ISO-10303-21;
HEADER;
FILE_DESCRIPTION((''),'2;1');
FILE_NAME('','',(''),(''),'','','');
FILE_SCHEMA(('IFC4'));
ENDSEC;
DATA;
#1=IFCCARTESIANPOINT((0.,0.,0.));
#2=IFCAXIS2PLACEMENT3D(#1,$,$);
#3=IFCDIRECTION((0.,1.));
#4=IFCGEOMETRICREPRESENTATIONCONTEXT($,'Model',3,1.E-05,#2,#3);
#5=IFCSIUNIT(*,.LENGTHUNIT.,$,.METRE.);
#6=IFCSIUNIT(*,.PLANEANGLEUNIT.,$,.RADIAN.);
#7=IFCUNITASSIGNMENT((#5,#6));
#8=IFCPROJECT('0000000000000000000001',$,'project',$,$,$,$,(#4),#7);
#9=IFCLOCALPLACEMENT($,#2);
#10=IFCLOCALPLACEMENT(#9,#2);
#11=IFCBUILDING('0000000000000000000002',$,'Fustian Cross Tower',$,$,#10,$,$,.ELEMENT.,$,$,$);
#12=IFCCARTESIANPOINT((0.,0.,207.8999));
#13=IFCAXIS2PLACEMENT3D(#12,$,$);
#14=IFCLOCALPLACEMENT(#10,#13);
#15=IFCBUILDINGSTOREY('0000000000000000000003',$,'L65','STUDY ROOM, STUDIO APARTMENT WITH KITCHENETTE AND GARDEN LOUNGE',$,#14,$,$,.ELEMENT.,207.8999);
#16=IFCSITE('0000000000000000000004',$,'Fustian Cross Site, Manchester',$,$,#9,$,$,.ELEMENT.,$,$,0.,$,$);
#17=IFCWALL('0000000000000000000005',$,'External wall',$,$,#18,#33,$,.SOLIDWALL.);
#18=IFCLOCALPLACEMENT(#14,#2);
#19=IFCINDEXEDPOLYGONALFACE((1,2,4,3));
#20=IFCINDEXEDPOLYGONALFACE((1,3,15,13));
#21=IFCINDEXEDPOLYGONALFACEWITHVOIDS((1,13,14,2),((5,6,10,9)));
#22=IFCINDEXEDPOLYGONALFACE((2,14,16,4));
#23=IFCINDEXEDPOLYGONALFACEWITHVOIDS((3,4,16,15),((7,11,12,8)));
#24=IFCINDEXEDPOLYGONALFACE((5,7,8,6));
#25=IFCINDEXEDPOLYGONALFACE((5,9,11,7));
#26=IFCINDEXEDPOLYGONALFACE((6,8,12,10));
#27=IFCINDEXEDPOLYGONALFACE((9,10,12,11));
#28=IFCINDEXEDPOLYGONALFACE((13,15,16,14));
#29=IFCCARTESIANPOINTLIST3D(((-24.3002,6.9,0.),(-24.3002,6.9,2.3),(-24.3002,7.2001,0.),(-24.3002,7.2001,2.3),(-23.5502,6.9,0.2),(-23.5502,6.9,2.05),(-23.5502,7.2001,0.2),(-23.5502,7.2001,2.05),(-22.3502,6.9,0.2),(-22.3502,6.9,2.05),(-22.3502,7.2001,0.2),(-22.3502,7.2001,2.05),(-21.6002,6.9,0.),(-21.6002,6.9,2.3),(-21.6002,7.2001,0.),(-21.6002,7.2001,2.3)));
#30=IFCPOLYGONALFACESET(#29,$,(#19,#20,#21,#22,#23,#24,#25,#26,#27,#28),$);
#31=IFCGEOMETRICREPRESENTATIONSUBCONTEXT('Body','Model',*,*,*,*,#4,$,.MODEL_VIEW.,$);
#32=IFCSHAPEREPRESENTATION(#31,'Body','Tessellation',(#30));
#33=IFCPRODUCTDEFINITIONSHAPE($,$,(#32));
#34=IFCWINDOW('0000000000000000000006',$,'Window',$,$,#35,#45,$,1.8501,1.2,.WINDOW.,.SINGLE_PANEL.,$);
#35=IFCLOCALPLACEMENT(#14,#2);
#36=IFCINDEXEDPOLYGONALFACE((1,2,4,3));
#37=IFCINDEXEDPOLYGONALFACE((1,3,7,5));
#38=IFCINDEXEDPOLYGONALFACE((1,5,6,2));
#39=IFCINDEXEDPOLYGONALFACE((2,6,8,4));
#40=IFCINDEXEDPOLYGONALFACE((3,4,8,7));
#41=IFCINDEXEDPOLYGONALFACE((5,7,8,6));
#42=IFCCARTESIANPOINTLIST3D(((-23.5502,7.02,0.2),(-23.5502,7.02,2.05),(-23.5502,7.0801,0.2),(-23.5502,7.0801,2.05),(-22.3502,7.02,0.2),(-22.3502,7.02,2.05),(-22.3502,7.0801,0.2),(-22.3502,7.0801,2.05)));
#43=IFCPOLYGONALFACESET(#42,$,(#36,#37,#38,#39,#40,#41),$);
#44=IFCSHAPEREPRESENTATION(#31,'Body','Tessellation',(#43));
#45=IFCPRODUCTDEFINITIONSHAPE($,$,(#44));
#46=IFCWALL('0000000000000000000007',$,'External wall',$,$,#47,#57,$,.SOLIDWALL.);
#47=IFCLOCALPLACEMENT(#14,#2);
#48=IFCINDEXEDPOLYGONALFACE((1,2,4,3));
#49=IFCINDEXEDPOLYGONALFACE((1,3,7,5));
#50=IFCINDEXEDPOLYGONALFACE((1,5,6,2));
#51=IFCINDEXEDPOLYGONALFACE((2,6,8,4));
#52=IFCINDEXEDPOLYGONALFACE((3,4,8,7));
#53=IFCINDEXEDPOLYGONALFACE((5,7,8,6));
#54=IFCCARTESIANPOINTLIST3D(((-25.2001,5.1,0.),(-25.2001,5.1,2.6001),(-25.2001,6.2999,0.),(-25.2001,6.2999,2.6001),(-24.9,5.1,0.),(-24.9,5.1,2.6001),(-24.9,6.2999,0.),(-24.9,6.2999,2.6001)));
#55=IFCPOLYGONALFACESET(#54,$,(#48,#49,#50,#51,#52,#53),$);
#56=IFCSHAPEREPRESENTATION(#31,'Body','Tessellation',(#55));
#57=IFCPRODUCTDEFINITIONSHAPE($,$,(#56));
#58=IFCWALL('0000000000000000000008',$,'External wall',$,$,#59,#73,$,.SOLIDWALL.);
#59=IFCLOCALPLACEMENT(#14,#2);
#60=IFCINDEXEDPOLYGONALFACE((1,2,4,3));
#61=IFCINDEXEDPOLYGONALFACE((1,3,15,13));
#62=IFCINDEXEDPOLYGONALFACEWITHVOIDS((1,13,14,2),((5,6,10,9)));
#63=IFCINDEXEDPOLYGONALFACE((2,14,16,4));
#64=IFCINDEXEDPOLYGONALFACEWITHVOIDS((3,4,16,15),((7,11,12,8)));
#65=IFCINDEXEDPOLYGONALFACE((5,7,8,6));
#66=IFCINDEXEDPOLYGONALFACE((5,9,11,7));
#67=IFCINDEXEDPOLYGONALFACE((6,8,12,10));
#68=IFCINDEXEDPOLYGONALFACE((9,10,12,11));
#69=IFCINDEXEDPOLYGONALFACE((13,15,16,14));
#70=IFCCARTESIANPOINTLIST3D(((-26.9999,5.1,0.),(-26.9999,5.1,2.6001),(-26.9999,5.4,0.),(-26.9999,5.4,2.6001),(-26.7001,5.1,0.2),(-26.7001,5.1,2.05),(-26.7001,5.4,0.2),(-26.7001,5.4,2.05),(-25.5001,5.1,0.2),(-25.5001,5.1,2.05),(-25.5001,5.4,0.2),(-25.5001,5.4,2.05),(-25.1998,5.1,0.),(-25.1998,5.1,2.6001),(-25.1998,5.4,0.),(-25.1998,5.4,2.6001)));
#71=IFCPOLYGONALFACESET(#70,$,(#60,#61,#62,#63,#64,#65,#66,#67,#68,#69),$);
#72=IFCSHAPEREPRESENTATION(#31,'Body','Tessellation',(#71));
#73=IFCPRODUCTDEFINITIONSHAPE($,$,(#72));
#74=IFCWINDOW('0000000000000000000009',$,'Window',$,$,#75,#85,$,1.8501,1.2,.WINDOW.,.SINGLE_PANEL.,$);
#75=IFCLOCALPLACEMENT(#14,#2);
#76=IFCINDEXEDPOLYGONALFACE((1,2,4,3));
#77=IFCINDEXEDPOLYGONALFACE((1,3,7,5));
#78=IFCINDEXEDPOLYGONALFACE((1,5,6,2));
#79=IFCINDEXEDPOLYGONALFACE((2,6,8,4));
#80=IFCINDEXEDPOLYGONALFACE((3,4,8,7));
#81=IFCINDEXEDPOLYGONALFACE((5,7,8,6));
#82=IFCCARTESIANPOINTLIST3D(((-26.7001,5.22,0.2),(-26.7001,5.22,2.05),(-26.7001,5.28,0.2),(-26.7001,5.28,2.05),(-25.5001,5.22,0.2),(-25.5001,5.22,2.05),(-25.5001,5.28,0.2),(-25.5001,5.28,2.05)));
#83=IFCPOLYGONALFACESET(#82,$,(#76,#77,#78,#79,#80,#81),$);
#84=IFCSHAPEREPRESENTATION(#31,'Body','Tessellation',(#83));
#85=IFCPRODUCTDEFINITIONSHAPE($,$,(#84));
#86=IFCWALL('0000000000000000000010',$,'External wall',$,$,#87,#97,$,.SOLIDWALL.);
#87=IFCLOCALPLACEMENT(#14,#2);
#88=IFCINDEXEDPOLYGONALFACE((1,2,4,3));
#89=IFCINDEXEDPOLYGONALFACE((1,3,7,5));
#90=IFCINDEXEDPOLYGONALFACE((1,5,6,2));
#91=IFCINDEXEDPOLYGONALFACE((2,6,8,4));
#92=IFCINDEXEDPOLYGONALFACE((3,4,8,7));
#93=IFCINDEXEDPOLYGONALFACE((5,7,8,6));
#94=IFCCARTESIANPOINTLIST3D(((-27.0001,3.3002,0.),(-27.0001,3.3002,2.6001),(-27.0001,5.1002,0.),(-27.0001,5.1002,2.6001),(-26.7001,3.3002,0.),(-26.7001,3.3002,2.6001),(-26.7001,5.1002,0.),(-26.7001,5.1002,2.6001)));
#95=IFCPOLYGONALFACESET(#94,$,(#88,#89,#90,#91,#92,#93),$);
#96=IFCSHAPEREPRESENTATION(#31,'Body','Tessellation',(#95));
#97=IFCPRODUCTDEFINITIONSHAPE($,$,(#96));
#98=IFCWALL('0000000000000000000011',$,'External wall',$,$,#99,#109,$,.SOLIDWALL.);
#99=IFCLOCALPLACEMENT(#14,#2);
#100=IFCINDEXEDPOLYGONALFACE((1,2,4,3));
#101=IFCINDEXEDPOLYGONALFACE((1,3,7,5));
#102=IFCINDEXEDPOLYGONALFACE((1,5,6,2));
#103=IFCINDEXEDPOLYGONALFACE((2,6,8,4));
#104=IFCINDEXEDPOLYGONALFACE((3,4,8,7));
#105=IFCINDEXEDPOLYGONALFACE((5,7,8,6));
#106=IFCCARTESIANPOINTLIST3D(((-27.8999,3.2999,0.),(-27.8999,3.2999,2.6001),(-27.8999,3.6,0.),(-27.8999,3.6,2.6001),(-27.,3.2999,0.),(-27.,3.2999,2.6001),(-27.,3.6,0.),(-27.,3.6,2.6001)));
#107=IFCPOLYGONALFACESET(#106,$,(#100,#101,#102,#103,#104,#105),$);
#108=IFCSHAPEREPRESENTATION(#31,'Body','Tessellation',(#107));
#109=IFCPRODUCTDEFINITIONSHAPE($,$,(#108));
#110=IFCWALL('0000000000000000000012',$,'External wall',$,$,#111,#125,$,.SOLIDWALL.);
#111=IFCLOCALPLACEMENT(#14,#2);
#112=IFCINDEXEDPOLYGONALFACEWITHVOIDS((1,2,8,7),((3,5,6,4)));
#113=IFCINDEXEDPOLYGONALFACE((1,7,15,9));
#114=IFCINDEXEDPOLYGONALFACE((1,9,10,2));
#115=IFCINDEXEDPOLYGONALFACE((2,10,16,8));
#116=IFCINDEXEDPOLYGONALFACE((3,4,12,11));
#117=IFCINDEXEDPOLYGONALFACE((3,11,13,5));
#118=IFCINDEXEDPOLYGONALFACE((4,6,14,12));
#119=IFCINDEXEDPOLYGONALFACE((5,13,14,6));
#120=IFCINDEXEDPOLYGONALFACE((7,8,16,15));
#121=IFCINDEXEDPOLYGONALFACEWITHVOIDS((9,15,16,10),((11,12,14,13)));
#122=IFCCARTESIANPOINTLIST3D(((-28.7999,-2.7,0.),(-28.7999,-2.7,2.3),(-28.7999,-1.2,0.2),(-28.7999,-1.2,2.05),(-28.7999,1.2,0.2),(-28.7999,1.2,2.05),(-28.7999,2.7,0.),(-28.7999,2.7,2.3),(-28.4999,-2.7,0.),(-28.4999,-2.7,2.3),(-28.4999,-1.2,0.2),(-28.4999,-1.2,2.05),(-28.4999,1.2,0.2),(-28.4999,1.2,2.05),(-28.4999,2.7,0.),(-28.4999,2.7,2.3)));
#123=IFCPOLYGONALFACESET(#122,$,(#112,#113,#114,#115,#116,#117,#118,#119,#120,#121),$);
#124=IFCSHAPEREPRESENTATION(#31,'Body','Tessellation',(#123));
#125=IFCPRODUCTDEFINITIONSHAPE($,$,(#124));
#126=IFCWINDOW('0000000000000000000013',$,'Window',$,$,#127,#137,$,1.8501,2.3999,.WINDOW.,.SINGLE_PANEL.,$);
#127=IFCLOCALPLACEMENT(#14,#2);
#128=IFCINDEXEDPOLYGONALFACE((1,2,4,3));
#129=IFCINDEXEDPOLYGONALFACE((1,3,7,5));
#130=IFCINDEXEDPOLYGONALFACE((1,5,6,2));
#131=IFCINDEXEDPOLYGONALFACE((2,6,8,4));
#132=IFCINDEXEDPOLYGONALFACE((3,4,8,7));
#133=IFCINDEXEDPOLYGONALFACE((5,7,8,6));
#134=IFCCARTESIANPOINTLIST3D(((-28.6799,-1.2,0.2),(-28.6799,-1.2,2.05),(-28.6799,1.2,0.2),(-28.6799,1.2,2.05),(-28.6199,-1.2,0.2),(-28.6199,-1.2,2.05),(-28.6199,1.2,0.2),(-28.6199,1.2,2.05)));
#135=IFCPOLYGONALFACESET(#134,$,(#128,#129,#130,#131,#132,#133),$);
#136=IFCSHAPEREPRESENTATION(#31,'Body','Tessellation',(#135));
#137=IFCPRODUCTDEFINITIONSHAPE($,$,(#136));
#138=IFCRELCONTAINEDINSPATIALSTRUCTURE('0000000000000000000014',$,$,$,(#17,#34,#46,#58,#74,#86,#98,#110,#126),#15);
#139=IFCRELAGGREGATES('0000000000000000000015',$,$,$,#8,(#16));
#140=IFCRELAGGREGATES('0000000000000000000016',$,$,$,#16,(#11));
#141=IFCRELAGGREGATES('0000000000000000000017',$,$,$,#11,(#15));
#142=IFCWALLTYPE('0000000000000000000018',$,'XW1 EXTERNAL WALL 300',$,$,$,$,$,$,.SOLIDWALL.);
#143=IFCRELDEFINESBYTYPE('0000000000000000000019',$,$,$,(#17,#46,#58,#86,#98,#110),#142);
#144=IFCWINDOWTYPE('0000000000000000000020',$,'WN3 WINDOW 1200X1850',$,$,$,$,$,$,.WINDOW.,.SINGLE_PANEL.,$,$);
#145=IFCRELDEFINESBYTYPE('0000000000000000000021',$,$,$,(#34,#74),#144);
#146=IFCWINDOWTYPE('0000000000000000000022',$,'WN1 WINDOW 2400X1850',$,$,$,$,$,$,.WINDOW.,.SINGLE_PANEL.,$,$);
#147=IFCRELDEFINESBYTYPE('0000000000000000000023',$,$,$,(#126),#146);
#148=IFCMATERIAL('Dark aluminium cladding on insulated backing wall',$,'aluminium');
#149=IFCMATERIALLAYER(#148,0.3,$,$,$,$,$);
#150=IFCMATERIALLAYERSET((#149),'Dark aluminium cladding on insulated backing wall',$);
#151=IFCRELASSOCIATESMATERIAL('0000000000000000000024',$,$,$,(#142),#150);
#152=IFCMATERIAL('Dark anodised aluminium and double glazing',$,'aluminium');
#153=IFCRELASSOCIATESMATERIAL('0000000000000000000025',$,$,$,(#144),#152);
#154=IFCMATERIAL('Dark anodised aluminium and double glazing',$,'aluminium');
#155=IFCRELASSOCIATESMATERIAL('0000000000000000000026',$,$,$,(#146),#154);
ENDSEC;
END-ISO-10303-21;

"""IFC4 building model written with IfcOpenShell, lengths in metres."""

from ifc_helpers import new_model, si_unit, direction, frame, frame_2d, origin, place, context, subcontext, project, spatial, rectangle, extrude, material, layer, layer_set, type_object, element, fill, save


model = new_model("IFC4")

# Units and contexts
model_context = context("Model", 3, precision=1e-05, world=origin(), true_north=direction((0.0, 1.0)))
body_context = subcontext(model_context, "Body", "Model", "MODEL_VIEW")
ifc_project = project(units=[si_unit("LENGTHUNIT", "METRE"), si_unit("PLANEANGLEUNIT", "RADIAN")], contexts=[model_context])

# Site, building, storey
site_placement = place(None, origin())
site = spatial("IfcSite", under=ifc_project, at=site_placement, Name="Fustian Cross Site, Manchester", CompositionType="ELEMENT", RefElevation=0.0)
building_placement = place(site_placement, origin())
building = spatial("IfcBuilding", under=site, at=building_placement, Name="Fustian Cross Tower", CompositionType="ELEMENT")
storey_placement = place(building_placement, frame((0.0, 0.0, 207.8999)))
storey = spatial("IfcBuildingStorey", under=building, at=storey_placement, Name="L65", Description="STUDY ROOM, STUDIO APARTMENT WITH KITCHENETTE AND GARDEN LOUNGE", CompositionType="ELEMENT", Elevation=207.8999)

# Wall, opening, window
ifc_material_1 = material(Name="Dark aluminium cladding on insulated backing wall", Category="aluminium")
ifc_layer_1 = layer(ifc_material_1, 0.3)
ifc_layer_set_1 = layer_set([ifc_layer_1], Name="Dark aluminium cladding on insulated backing wall")
wall_type_1 = type_object("IfcWallType", Name="XW1 EXTERNAL WALL 300", PredefinedType="SOLIDWALL", material=ifc_layer_set_1)
wall_1_placement = place(storey_placement, frame((-21.6001, 7.05, 0.0), z_axis=(0.0, 0.0, 1.0), x_axis=(-1.0, 0.0, 0.0)))
wall_1 = element("IfcWall", 1, at=wall_1_placement, inside=storey, type_object=wall_type_1, Name="External wall", PredefinedType="SOLIDWALL", context=body_context, shape_type="SweptSolid", body=[
    extrude(rectangle(XDim=2.7, YDim=0.3, at=frame_2d((1.3501, 0.0))), origin(), (0.0, 0.0, 1.0), 2.3),
])
opening_1_placement = place(wall_1_placement, frame((0.75, 0.0, 0.2)))
opening_1 = element("IfcOpeningElement", 2, at=opening_1_placement, cuts=wall_1, PredefinedType="OPENING", context=body_context, shape_type="SweptSolid", body=[
    extrude(rectangle(XDim=1.2, YDim=1.8501, at=frame_2d((0.6001, 0.925))), frame((0.0, 0.1599, 0.0), z_axis=(0.0, -1.0, 0.0), x_axis=(1.0, 0.0, 0.0)), (0.0, 0.0, 1.0), 0.3201),
])
ifc_material_2 = material(Name="Dark anodised aluminium and double glazing", Category="aluminium")
window_type_1 = type_object("IfcWindowType", Name="WN3 WINDOW 1200X1850", PartitioningType="SINGLE_PANEL", PredefinedType="WINDOW", material=ifc_material_2)
window_1_placement = place(opening_1_placement, origin())
window_1 = element("IfcWindow", 3, at=window_1_placement, inside=storey, type_object=window_type_1, Name="Window", OverallHeight=1.8501, OverallWidth=1.2, PartitioningType="SINGLE_PANEL", PredefinedType="WINDOW", context=body_context, shape_type="SweptSolid", body=[
    extrude(rectangle(XDim=1.2, YDim=1.8501, at=frame_2d((0.6001, 0.925))), frame((0.0, 0.03, 0.0), z_axis=(0.0, -1.0, 0.0), x_axis=(1.0, 0.0, 0.0)), (0.0, 0.0, 1.0), 0.0601),
])
fill(opening_1, window_1)

# Wall
wall_2_placement = place(storey_placement, frame((-25.05, 6.3, 0.0), z_axis=(0.0, 0.0, 1.0), x_axis=(0.0, -1.0, 0.0)))
element("IfcWall", 4, at=wall_2_placement, inside=storey, type_object=wall_type_1, Name="External wall", PredefinedType="SOLIDWALL", context=body_context, shape_type="SweptSolid", body=[
    extrude(rectangle(XDim=1.2, YDim=0.3, at=frame_2d((0.6001, 0.0))), origin(), (0.0, 0.0, 1.0), 2.6001),
])

# Wall, opening, window
wall_3_placement = place(storey_placement, frame((-25.2, 5.25, 0.0), z_axis=(0.0, 0.0, 1.0), x_axis=(-1.0, 0.0, 0.0)))
wall_3 = element("IfcWall", 5, at=wall_3_placement, inside=storey, type_object=wall_type_1, Name="External wall", PredefinedType="SOLIDWALL", context=body_context, shape_type="SweptSolid", body=[
    extrude(rectangle(XDim=1.8, YDim=0.3, at=frame_2d((0.8999, 0.0))), origin(), (0.0, 0.0, 1.0), 2.6001),
])
opening_2_placement = place(wall_3_placement, frame((0.3, 0.0, 0.2)))
opening_2 = element("IfcOpeningElement", 6, at=opening_2_placement, cuts=wall_3, PredefinedType="OPENING", context=body_context, shape_type="SweptSolid", body=[
    extrude(rectangle(XDim=1.2, YDim=1.8501, at=frame_2d((0.6001, 0.925))), frame((0.0, 0.1599, 0.0), z_axis=(0.0, -1.0, 0.0), x_axis=(1.0, 0.0, 0.0)), (0.0, 0.0, 1.0), 0.3201),
])
window_2_placement = place(opening_2_placement, origin())
window_2 = element("IfcWindow", 7, at=window_2_placement, inside=storey, type_object=window_type_1, Name="Window", OverallHeight=1.8501, OverallWidth=1.2, PartitioningType="SINGLE_PANEL", PredefinedType="WINDOW", context=body_context, shape_type="SweptSolid", body=[
    extrude(rectangle(XDim=1.2, YDim=1.8501, at=frame_2d((0.6001, 0.925))), frame((0.0, 0.03, 0.0), z_axis=(0.0, -1.0, 0.0), x_axis=(1.0, 0.0, 0.0)), (0.0, 0.0, 1.0), 0.0601),
])
fill(opening_2, window_2)

# Walls
wall_4_placement = place(storey_placement, frame((-26.8501, 5.1001, 0.0), z_axis=(0.0, 0.0, 1.0), x_axis=(0.0, -1.0, 0.0)))
element("IfcWall", 8, at=wall_4_placement, inside=storey, type_object=wall_type_1, Name="External wall", PredefinedType="SOLIDWALL", context=body_context, shape_type="SweptSolid", body=[
    extrude(rectangle(XDim=1.8, YDim=0.3, at=frame_2d((0.8999, 0.0))), origin(), (0.0, 0.0, 1.0), 2.6001),
])
wall_5_placement = place(storey_placement, frame((-27.0, 3.45, 0.0), z_axis=(0.0, 0.0, 1.0), x_axis=(-1.0, 0.0, 0.0)))
element("IfcWall", 9, at=wall_5_placement, inside=storey, type_object=wall_type_1, Name="External wall", PredefinedType="SOLIDWALL", context=body_context, shape_type="SweptSolid", body=[
    extrude(rectangle(XDim=0.8999, YDim=0.3, at=frame_2d((0.45, 0.0))), origin(), (0.0, 0.0, 1.0), 2.6001),
])

# Wall, opening, window
wall_6_placement = place(storey_placement, frame((-28.6499, 2.7, 0.0), z_axis=(0.0, 0.0, 1.0), x_axis=(0.0, -1.0, 0.0)))
wall_6 = element("IfcWall", 10, at=wall_6_placement, inside=storey, type_object=wall_type_1, Name="External wall", PredefinedType="SOLIDWALL", context=body_context, shape_type="SweptSolid", body=[
    extrude(rectangle(XDim=5.3999, YDim=0.3, at=frame_2d((2.7, 0.0))), origin(), (0.0, 0.0, 1.0), 2.3),
])
opening_3_placement = place(wall_6_placement, frame((1.5, 0.0, 0.2)))
opening_3 = element("IfcOpeningElement", 11, at=opening_3_placement, cuts=wall_6, PredefinedType="OPENING", context=body_context, shape_type="SweptSolid", body=[
    extrude(rectangle(XDim=2.3999, YDim=1.8501, at=frame_2d((1.2, 0.925))), frame((0.0, 0.1599, 0.0), z_axis=(0.0, -1.0, 0.0), x_axis=(1.0, 0.0, 0.0)), (0.0, 0.0, 1.0), 0.3201),
])
ifc_material_3 = material(Name="Dark anodised aluminium and double glazing", Category="aluminium")
window_type_2 = type_object("IfcWindowType", Name="WN1 WINDOW 2400X1850", PartitioningType="SINGLE_PANEL", PredefinedType="WINDOW", material=ifc_material_3)
window_3_placement = place(opening_3_placement, origin())
window_3 = element("IfcWindow", 12, at=window_3_placement, inside=storey, type_object=window_type_2, Name="Window", OverallHeight=1.8501, OverallWidth=2.3999, PartitioningType="SINGLE_PANEL", PredefinedType="WINDOW", context=body_context, shape_type="SweptSolid", body=[
    extrude(rectangle(XDim=2.3999, YDim=1.8501, at=frame_2d((1.2, 0.925))), frame((0.0, 0.03, 0.0), z_axis=(0.0, -1.0, 0.0), x_axis=(1.0, 0.0, 0.0)), (0.0, 0.0, 1.0), 0.0601),
])
fill(opening_3, window_3)

save(model, "model.ifc")
